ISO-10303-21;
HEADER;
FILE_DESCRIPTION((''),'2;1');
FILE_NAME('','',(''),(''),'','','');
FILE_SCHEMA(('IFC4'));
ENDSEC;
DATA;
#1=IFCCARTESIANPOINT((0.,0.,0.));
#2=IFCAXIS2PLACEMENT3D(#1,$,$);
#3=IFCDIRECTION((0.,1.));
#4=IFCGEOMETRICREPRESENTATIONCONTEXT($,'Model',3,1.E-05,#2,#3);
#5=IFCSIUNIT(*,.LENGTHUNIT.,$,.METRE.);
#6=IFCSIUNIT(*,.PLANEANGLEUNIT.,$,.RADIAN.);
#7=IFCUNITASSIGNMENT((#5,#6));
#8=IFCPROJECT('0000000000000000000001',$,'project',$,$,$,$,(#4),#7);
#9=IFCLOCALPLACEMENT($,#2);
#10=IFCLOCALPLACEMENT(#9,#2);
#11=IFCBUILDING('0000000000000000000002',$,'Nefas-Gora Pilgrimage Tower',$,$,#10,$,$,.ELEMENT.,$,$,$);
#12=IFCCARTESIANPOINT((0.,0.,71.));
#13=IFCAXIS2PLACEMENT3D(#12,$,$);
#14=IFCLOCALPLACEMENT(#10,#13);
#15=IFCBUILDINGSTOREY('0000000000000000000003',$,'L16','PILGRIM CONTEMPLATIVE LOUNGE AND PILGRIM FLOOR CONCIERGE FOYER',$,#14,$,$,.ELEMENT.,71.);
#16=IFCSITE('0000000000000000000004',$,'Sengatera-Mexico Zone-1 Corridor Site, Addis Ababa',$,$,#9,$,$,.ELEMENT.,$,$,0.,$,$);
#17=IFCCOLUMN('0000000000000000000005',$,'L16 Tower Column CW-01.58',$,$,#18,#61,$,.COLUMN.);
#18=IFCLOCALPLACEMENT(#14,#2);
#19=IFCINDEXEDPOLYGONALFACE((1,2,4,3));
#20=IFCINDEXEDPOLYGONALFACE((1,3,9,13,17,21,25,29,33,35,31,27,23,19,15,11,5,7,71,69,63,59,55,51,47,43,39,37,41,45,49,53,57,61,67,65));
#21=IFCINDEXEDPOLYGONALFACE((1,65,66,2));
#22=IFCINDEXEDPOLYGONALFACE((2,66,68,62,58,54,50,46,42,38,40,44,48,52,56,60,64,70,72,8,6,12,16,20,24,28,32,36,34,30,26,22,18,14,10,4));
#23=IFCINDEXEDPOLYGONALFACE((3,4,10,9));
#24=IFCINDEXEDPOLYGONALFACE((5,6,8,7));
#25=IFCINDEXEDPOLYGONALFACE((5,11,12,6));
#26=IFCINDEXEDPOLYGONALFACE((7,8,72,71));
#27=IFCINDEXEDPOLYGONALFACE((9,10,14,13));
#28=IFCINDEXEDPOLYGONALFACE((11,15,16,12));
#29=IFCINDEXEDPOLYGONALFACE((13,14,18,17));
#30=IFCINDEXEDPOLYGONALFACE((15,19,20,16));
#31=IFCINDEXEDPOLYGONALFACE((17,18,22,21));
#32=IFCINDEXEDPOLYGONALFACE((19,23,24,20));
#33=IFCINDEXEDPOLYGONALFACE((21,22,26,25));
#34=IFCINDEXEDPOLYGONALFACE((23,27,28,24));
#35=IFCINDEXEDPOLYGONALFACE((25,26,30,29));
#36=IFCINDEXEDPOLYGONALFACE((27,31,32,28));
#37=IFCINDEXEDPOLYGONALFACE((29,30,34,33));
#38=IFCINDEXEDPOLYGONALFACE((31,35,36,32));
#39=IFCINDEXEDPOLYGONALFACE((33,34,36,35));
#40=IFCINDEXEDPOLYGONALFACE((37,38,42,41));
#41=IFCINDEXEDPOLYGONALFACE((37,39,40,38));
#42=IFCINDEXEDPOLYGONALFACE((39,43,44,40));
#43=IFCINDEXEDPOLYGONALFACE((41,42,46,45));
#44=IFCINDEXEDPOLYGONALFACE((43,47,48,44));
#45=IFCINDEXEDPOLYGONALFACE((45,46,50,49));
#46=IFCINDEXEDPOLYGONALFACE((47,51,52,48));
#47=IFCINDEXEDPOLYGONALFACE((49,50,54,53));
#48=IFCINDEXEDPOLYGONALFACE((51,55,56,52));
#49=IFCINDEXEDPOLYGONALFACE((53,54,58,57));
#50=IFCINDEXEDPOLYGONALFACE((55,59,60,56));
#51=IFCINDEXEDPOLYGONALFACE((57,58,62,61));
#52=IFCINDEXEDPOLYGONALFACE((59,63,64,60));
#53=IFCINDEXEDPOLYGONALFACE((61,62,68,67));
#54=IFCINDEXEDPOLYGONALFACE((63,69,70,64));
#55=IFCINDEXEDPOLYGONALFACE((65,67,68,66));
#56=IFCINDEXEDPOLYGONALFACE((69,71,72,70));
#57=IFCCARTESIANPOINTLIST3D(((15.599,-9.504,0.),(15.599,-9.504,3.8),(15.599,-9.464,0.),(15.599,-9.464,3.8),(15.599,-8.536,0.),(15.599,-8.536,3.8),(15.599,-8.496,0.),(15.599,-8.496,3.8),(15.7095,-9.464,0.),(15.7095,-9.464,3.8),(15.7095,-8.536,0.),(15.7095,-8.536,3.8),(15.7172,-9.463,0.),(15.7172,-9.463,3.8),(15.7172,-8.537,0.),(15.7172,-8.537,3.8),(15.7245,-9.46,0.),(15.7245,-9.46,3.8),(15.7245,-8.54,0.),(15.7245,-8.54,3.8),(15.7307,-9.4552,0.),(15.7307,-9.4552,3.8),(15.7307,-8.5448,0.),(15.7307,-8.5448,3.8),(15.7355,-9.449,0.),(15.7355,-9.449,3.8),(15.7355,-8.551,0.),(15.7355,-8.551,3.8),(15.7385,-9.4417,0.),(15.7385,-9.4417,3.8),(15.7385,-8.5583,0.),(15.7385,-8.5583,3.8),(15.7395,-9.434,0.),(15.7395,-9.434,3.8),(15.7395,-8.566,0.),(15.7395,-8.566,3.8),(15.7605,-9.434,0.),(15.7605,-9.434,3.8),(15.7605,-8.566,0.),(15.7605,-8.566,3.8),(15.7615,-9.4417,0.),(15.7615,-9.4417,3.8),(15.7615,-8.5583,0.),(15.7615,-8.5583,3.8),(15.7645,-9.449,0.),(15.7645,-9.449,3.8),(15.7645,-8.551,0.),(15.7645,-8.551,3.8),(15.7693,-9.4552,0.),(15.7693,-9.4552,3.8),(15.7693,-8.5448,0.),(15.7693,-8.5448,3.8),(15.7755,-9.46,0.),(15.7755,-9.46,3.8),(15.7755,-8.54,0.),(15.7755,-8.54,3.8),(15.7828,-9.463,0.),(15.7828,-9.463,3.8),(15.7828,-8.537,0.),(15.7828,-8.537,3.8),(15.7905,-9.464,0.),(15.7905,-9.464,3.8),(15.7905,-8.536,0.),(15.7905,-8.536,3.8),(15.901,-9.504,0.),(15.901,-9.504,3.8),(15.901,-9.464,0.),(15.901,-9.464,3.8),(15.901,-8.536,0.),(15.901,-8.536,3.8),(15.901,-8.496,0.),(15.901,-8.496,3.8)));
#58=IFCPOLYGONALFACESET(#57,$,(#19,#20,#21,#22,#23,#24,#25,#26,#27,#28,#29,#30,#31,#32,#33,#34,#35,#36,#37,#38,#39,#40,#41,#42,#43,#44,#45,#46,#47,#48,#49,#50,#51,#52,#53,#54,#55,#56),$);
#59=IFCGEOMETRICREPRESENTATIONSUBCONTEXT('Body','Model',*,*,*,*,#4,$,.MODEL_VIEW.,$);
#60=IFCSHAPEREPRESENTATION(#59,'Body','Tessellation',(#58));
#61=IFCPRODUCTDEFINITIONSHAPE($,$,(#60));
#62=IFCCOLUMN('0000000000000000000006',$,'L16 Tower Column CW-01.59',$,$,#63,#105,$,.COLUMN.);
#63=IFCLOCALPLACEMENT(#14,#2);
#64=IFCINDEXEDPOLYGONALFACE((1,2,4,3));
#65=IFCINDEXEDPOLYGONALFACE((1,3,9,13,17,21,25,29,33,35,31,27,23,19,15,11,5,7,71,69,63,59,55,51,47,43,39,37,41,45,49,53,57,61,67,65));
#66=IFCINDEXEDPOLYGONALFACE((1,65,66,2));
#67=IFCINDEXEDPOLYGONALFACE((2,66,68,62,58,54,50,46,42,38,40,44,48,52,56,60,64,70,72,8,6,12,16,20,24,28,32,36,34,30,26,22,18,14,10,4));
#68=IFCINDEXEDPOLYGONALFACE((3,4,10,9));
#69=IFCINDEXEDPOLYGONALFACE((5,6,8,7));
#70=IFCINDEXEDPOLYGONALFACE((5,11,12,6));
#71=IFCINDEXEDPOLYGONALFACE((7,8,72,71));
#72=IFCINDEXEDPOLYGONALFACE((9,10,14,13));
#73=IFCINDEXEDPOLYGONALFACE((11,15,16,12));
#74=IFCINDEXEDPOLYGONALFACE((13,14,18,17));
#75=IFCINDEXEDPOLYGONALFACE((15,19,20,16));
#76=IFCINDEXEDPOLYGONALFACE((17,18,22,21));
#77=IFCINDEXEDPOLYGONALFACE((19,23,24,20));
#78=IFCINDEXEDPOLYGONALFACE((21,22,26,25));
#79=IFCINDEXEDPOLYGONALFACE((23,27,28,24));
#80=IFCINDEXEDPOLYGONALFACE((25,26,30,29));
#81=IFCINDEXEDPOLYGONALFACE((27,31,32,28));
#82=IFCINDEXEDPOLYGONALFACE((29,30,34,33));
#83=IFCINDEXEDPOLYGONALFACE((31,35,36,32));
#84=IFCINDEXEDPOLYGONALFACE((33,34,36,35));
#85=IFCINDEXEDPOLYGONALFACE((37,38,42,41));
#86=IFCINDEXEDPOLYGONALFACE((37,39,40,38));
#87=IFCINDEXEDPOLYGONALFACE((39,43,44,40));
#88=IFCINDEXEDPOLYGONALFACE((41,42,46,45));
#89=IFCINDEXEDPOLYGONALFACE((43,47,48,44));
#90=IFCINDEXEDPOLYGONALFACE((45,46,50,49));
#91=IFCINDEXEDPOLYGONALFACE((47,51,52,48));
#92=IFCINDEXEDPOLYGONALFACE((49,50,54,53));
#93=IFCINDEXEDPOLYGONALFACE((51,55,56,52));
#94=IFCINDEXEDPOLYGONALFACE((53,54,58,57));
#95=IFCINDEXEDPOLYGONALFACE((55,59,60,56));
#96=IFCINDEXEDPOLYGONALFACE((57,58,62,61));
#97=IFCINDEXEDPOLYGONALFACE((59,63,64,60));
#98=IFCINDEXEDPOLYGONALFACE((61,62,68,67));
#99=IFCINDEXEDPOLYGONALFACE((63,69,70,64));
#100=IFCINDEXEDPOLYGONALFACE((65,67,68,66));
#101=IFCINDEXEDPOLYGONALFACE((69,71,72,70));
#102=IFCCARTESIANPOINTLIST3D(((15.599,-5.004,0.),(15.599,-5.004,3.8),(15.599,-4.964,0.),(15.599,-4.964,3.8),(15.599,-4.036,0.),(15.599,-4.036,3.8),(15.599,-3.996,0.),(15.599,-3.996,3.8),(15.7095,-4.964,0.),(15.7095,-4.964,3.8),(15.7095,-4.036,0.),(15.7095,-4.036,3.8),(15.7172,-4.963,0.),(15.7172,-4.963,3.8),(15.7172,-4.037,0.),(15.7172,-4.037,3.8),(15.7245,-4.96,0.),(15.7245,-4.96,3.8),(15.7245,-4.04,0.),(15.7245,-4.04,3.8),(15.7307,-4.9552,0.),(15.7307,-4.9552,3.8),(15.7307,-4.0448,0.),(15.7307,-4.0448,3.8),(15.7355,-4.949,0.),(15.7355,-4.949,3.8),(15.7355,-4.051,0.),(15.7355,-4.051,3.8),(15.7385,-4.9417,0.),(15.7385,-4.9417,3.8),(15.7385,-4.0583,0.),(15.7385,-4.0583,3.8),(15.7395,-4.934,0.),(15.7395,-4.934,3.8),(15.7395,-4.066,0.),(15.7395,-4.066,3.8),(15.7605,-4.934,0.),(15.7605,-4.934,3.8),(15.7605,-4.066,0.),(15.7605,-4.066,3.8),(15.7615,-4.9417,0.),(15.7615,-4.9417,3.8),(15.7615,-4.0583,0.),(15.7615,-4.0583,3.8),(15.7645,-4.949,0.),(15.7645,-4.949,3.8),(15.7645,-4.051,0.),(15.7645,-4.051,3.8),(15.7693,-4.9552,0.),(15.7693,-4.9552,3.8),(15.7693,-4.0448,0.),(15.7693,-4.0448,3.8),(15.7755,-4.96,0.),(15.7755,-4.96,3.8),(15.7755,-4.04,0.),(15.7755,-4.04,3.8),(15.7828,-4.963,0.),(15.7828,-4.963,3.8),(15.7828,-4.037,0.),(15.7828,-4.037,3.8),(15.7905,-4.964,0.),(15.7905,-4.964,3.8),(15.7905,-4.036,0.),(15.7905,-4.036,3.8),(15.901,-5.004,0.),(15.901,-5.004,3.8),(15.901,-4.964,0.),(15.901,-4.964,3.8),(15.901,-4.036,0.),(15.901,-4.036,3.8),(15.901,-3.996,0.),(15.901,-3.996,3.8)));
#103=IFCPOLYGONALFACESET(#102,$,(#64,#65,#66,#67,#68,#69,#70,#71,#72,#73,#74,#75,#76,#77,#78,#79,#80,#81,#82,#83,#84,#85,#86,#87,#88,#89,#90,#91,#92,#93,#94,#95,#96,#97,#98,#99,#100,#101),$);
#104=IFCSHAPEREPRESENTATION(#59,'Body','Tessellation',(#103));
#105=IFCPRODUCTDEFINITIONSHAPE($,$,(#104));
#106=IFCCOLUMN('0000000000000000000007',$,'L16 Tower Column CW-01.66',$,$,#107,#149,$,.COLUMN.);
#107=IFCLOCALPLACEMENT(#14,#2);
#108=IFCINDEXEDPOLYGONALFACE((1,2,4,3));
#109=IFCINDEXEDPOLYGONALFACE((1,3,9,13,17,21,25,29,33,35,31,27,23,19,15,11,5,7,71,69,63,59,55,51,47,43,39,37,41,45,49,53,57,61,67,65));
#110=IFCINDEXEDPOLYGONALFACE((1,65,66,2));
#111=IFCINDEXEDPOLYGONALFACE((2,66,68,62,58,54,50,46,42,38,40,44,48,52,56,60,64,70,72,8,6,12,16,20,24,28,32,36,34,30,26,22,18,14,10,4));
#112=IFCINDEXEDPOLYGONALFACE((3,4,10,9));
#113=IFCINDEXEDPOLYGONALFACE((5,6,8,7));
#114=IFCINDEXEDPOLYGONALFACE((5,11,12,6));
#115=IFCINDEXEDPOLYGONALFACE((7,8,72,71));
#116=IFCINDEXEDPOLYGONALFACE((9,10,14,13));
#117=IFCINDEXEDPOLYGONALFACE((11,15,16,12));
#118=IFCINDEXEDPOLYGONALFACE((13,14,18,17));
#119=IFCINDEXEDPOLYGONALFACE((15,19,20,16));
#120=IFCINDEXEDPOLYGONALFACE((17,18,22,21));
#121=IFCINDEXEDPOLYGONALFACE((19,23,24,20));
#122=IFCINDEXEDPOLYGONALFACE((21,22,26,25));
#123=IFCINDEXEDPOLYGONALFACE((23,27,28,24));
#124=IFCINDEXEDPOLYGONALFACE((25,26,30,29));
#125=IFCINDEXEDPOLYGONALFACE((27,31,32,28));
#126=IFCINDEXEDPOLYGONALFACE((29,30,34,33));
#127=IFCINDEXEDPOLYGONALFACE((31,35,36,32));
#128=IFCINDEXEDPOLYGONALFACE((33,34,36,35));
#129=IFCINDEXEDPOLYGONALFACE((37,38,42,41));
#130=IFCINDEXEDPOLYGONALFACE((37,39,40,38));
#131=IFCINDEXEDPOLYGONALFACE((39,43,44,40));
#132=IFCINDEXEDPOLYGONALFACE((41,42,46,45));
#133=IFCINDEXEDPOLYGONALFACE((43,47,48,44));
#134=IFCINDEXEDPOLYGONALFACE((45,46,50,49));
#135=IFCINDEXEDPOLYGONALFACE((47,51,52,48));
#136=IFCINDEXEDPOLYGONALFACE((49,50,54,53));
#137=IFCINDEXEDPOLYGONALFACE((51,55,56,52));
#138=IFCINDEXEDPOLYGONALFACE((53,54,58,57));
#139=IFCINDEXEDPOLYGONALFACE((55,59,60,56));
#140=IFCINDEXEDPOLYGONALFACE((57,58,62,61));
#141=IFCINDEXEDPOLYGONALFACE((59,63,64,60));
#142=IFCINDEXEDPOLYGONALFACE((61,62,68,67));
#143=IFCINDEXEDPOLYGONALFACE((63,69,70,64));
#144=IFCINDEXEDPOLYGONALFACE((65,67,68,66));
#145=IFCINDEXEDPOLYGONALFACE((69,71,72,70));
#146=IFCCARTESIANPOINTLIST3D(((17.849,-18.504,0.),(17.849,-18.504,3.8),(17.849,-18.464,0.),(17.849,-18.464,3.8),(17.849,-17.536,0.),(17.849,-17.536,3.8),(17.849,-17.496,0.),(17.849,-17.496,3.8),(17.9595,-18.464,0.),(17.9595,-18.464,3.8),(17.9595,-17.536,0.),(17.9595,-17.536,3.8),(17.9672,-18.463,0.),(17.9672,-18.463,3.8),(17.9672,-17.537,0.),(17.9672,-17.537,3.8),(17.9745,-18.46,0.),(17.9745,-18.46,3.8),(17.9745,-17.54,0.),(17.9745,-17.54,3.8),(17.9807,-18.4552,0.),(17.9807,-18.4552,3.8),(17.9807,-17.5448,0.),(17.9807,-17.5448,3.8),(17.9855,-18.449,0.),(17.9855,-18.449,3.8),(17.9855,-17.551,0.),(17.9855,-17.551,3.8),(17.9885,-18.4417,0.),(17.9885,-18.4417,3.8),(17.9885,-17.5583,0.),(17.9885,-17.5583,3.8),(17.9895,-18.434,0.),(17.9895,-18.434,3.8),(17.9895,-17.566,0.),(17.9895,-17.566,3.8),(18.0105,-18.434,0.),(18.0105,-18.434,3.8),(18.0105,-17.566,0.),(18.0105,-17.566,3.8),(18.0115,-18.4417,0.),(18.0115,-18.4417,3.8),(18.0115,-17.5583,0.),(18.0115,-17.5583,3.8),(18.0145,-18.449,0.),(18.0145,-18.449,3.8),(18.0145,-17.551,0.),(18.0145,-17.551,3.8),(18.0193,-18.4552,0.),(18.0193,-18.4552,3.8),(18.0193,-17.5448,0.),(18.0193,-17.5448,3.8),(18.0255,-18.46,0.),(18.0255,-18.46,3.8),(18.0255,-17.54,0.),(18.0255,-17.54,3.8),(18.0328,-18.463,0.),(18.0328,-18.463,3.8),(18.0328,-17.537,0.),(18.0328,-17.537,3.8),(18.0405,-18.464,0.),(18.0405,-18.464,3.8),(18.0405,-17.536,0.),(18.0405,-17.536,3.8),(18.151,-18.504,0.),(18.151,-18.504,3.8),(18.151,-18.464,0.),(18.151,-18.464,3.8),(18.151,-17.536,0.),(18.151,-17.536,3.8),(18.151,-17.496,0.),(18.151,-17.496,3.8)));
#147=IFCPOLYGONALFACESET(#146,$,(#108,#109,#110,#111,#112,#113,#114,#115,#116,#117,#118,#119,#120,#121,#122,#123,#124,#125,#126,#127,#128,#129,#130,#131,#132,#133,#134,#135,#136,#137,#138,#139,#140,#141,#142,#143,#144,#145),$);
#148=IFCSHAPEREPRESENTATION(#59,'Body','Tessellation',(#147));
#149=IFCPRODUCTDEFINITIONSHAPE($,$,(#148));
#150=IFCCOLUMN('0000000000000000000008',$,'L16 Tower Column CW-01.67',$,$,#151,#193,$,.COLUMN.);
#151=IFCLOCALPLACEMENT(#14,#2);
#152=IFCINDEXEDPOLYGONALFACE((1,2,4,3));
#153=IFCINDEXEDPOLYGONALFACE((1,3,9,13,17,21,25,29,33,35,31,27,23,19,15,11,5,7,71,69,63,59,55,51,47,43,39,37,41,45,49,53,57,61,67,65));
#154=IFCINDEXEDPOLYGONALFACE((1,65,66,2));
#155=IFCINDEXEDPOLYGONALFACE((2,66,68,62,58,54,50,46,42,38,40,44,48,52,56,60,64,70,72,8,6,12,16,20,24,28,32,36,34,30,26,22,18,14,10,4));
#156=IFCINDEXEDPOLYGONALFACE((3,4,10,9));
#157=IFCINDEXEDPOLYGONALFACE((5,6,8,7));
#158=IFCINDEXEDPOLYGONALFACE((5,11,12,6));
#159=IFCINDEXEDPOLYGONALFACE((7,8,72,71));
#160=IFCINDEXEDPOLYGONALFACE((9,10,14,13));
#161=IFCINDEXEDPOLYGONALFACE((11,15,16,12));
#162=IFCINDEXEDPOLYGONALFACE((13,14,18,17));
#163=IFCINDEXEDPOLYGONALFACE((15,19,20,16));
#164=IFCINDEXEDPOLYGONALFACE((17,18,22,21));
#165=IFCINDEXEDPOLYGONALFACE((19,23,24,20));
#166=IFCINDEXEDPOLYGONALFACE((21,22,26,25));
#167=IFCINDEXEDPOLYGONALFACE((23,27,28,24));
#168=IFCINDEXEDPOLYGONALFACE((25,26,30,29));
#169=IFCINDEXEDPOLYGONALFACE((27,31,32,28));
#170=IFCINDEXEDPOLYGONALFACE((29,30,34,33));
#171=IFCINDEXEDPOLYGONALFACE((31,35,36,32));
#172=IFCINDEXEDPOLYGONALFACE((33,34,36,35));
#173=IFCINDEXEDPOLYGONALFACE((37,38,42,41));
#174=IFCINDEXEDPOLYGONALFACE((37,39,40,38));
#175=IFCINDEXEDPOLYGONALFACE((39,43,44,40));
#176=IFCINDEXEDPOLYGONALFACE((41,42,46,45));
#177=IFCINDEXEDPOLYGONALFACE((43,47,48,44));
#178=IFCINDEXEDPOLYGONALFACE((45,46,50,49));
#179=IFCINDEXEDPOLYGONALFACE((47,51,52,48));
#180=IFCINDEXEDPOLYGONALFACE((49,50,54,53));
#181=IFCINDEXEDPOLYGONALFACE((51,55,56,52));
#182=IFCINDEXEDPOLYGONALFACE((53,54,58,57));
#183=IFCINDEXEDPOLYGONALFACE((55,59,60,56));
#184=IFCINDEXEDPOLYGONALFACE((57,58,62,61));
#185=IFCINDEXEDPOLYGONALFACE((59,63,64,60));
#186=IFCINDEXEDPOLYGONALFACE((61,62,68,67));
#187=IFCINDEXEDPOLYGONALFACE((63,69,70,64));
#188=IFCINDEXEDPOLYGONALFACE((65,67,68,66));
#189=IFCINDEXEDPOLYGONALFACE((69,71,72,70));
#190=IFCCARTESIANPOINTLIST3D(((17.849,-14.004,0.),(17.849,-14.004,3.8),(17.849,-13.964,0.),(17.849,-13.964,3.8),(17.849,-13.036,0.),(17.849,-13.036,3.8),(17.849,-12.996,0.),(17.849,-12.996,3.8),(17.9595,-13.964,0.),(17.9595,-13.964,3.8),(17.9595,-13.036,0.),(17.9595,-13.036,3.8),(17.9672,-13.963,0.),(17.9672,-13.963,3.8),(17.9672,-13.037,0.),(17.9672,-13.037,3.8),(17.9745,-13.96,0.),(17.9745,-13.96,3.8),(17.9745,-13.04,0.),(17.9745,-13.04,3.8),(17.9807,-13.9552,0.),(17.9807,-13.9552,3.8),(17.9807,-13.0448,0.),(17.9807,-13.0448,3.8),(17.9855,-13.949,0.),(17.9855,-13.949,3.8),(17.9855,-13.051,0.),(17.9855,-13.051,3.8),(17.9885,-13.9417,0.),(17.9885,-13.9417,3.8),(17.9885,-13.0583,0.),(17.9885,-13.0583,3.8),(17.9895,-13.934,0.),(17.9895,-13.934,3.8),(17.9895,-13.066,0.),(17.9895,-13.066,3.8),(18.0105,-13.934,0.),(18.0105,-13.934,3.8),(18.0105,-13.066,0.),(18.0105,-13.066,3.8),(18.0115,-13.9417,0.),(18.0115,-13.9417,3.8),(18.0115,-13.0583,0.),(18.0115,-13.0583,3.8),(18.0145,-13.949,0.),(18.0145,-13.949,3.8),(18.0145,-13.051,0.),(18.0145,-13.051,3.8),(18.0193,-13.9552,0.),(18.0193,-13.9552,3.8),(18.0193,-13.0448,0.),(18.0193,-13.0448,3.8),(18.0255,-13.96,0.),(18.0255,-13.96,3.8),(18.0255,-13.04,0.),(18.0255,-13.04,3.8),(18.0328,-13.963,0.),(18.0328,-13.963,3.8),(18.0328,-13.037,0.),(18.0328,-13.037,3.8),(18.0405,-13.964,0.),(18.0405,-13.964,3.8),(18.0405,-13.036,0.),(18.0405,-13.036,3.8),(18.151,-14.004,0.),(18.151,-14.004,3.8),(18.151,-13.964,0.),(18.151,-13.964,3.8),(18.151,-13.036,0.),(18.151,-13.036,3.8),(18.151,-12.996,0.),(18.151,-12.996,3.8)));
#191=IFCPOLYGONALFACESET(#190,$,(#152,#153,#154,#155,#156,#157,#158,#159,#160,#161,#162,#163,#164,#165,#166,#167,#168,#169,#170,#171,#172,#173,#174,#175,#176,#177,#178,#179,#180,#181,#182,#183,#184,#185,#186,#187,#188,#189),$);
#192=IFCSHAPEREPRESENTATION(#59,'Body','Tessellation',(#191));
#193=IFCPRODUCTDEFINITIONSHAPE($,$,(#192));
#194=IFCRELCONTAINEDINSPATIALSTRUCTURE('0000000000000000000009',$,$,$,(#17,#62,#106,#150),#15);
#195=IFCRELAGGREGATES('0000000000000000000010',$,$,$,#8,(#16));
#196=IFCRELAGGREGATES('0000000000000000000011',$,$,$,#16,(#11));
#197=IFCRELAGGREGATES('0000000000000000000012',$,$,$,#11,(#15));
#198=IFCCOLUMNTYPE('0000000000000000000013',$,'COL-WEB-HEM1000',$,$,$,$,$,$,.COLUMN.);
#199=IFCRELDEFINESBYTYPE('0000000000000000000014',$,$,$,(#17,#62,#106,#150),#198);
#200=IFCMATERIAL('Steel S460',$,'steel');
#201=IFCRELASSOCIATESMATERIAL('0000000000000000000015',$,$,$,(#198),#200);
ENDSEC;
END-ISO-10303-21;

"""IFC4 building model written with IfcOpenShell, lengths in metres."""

from ifc_helpers import new_model, si_unit, direction, frame, origin, origin_2d, place, context, subcontext, project, spatial, i_section, extrude, source, transform, mapped, material, material_profile, profile_set, type_object, element, save


model = new_model("IFC4")

# Units and contexts
model_context = context("Model", 3, precision=1e-05, world=origin(), true_north=direction((0.0, 1.0)))
body_context = subcontext(model_context, "Body", "Model", "MODEL_VIEW")
ifc_project = project(units=[si_unit("LENGTHUNIT", "METRE"), si_unit("PLANEANGLEUNIT", "RADIAN")], contexts=[model_context])

# Site, building, storey
site_placement = place(None, origin())
site = spatial("IfcSite", under=ifc_project, at=site_placement, Name="Sengatera-Mexico Zone-1 Corridor Site, Addis Ababa", CompositionType="ELEMENT", RefElevation=0.0)
building_placement = place(site_placement, origin())
building = spatial("IfcBuilding", under=site, at=building_placement, Name="Nefas-Gora Pilgrimage Tower", CompositionType="ELEMENT")
storey_placement = place(building_placement, frame((0.0, 0.0, 71.0)))
storey = spatial("IfcBuildingStorey", under=building, at=storey_placement, Name="L16", Description="PILGRIM CONTEMPLATIVE LOUNGE AND PILGRIM FLOOR CONCIERGE FOYER", CompositionType="ELEMENT", Elevation=71.0)

# Columns
ifc_material_1 = material(Name="Steel S460", Category="steel")
ifc_material_profile_1 = material_profile(ifc_material_1, i_section(OverallWidth=0.302, OverallDepth=1.0081, WebThickness=0.021, FlangeThickness=0.04, FilletRadius=0.03, at=origin_2d()), Name="HEM 1000")
ifc_profile_set_1 = profile_set([ifc_material_profile_1], Name="Steel S460")
column_type_1 = type_object("IfcColumnType", Name="COL-WEB-HEM1000", PredefinedType="COLUMN", material=ifc_profile_set_1)
shared_shape_1 = source(origin(), body_context, "Body", "SweptSolid", [
    extrude(i_section(OverallWidth=0.302, OverallDepth=1.0081, WebThickness=0.021, FlangeThickness=0.04, FilletRadius=0.03, at=origin_2d()), origin(), (0.0, 0.0, 1.0), 3.8),
])
for number, where, z_axis, x_axis, name in (
    (1, (15.75, -9.0, 0.0), (0.0, 0.0, 1.0), (1.0, 0.0, 0.0), "L16 Tower Column CW-01.58"),
    (2, (15.75, -4.5, 0.0), (0.0, 0.0, 1.0), (1.0, 0.0, 0.0), "L16 Tower Column CW-01.59"),
    (3, (18.0, -18.0, 0.0), (0.0, 0.0, 1.0), (1.0, 0.0, 0.0), "L16 Tower Column CW-01.66"),
    (4, (18.0, -13.5, 0.0), (0.0, 0.0, 1.0), (1.0, 0.0, 0.0), "L16 Tower Column CW-01.67"),
):
    element("IfcColumn", number, at=place(storey_placement, frame(where, z_axis=z_axis, x_axis=x_axis)), inside=storey, type_object=column_type_1, Name=name, PredefinedType="COLUMN", context=body_context, shape_type="MappedRepresentation", body=[
        mapped(shared_shape_1, transform((0.0, 0.0, 0.0), x_axis=(1.0, 0.0, 0.0), y_axis=(0.0, 1.0, 0.0), z_axis=(0.0, 0.0, 1.0), scale=1.0)),
    ])

save(model, "model.ifc")
